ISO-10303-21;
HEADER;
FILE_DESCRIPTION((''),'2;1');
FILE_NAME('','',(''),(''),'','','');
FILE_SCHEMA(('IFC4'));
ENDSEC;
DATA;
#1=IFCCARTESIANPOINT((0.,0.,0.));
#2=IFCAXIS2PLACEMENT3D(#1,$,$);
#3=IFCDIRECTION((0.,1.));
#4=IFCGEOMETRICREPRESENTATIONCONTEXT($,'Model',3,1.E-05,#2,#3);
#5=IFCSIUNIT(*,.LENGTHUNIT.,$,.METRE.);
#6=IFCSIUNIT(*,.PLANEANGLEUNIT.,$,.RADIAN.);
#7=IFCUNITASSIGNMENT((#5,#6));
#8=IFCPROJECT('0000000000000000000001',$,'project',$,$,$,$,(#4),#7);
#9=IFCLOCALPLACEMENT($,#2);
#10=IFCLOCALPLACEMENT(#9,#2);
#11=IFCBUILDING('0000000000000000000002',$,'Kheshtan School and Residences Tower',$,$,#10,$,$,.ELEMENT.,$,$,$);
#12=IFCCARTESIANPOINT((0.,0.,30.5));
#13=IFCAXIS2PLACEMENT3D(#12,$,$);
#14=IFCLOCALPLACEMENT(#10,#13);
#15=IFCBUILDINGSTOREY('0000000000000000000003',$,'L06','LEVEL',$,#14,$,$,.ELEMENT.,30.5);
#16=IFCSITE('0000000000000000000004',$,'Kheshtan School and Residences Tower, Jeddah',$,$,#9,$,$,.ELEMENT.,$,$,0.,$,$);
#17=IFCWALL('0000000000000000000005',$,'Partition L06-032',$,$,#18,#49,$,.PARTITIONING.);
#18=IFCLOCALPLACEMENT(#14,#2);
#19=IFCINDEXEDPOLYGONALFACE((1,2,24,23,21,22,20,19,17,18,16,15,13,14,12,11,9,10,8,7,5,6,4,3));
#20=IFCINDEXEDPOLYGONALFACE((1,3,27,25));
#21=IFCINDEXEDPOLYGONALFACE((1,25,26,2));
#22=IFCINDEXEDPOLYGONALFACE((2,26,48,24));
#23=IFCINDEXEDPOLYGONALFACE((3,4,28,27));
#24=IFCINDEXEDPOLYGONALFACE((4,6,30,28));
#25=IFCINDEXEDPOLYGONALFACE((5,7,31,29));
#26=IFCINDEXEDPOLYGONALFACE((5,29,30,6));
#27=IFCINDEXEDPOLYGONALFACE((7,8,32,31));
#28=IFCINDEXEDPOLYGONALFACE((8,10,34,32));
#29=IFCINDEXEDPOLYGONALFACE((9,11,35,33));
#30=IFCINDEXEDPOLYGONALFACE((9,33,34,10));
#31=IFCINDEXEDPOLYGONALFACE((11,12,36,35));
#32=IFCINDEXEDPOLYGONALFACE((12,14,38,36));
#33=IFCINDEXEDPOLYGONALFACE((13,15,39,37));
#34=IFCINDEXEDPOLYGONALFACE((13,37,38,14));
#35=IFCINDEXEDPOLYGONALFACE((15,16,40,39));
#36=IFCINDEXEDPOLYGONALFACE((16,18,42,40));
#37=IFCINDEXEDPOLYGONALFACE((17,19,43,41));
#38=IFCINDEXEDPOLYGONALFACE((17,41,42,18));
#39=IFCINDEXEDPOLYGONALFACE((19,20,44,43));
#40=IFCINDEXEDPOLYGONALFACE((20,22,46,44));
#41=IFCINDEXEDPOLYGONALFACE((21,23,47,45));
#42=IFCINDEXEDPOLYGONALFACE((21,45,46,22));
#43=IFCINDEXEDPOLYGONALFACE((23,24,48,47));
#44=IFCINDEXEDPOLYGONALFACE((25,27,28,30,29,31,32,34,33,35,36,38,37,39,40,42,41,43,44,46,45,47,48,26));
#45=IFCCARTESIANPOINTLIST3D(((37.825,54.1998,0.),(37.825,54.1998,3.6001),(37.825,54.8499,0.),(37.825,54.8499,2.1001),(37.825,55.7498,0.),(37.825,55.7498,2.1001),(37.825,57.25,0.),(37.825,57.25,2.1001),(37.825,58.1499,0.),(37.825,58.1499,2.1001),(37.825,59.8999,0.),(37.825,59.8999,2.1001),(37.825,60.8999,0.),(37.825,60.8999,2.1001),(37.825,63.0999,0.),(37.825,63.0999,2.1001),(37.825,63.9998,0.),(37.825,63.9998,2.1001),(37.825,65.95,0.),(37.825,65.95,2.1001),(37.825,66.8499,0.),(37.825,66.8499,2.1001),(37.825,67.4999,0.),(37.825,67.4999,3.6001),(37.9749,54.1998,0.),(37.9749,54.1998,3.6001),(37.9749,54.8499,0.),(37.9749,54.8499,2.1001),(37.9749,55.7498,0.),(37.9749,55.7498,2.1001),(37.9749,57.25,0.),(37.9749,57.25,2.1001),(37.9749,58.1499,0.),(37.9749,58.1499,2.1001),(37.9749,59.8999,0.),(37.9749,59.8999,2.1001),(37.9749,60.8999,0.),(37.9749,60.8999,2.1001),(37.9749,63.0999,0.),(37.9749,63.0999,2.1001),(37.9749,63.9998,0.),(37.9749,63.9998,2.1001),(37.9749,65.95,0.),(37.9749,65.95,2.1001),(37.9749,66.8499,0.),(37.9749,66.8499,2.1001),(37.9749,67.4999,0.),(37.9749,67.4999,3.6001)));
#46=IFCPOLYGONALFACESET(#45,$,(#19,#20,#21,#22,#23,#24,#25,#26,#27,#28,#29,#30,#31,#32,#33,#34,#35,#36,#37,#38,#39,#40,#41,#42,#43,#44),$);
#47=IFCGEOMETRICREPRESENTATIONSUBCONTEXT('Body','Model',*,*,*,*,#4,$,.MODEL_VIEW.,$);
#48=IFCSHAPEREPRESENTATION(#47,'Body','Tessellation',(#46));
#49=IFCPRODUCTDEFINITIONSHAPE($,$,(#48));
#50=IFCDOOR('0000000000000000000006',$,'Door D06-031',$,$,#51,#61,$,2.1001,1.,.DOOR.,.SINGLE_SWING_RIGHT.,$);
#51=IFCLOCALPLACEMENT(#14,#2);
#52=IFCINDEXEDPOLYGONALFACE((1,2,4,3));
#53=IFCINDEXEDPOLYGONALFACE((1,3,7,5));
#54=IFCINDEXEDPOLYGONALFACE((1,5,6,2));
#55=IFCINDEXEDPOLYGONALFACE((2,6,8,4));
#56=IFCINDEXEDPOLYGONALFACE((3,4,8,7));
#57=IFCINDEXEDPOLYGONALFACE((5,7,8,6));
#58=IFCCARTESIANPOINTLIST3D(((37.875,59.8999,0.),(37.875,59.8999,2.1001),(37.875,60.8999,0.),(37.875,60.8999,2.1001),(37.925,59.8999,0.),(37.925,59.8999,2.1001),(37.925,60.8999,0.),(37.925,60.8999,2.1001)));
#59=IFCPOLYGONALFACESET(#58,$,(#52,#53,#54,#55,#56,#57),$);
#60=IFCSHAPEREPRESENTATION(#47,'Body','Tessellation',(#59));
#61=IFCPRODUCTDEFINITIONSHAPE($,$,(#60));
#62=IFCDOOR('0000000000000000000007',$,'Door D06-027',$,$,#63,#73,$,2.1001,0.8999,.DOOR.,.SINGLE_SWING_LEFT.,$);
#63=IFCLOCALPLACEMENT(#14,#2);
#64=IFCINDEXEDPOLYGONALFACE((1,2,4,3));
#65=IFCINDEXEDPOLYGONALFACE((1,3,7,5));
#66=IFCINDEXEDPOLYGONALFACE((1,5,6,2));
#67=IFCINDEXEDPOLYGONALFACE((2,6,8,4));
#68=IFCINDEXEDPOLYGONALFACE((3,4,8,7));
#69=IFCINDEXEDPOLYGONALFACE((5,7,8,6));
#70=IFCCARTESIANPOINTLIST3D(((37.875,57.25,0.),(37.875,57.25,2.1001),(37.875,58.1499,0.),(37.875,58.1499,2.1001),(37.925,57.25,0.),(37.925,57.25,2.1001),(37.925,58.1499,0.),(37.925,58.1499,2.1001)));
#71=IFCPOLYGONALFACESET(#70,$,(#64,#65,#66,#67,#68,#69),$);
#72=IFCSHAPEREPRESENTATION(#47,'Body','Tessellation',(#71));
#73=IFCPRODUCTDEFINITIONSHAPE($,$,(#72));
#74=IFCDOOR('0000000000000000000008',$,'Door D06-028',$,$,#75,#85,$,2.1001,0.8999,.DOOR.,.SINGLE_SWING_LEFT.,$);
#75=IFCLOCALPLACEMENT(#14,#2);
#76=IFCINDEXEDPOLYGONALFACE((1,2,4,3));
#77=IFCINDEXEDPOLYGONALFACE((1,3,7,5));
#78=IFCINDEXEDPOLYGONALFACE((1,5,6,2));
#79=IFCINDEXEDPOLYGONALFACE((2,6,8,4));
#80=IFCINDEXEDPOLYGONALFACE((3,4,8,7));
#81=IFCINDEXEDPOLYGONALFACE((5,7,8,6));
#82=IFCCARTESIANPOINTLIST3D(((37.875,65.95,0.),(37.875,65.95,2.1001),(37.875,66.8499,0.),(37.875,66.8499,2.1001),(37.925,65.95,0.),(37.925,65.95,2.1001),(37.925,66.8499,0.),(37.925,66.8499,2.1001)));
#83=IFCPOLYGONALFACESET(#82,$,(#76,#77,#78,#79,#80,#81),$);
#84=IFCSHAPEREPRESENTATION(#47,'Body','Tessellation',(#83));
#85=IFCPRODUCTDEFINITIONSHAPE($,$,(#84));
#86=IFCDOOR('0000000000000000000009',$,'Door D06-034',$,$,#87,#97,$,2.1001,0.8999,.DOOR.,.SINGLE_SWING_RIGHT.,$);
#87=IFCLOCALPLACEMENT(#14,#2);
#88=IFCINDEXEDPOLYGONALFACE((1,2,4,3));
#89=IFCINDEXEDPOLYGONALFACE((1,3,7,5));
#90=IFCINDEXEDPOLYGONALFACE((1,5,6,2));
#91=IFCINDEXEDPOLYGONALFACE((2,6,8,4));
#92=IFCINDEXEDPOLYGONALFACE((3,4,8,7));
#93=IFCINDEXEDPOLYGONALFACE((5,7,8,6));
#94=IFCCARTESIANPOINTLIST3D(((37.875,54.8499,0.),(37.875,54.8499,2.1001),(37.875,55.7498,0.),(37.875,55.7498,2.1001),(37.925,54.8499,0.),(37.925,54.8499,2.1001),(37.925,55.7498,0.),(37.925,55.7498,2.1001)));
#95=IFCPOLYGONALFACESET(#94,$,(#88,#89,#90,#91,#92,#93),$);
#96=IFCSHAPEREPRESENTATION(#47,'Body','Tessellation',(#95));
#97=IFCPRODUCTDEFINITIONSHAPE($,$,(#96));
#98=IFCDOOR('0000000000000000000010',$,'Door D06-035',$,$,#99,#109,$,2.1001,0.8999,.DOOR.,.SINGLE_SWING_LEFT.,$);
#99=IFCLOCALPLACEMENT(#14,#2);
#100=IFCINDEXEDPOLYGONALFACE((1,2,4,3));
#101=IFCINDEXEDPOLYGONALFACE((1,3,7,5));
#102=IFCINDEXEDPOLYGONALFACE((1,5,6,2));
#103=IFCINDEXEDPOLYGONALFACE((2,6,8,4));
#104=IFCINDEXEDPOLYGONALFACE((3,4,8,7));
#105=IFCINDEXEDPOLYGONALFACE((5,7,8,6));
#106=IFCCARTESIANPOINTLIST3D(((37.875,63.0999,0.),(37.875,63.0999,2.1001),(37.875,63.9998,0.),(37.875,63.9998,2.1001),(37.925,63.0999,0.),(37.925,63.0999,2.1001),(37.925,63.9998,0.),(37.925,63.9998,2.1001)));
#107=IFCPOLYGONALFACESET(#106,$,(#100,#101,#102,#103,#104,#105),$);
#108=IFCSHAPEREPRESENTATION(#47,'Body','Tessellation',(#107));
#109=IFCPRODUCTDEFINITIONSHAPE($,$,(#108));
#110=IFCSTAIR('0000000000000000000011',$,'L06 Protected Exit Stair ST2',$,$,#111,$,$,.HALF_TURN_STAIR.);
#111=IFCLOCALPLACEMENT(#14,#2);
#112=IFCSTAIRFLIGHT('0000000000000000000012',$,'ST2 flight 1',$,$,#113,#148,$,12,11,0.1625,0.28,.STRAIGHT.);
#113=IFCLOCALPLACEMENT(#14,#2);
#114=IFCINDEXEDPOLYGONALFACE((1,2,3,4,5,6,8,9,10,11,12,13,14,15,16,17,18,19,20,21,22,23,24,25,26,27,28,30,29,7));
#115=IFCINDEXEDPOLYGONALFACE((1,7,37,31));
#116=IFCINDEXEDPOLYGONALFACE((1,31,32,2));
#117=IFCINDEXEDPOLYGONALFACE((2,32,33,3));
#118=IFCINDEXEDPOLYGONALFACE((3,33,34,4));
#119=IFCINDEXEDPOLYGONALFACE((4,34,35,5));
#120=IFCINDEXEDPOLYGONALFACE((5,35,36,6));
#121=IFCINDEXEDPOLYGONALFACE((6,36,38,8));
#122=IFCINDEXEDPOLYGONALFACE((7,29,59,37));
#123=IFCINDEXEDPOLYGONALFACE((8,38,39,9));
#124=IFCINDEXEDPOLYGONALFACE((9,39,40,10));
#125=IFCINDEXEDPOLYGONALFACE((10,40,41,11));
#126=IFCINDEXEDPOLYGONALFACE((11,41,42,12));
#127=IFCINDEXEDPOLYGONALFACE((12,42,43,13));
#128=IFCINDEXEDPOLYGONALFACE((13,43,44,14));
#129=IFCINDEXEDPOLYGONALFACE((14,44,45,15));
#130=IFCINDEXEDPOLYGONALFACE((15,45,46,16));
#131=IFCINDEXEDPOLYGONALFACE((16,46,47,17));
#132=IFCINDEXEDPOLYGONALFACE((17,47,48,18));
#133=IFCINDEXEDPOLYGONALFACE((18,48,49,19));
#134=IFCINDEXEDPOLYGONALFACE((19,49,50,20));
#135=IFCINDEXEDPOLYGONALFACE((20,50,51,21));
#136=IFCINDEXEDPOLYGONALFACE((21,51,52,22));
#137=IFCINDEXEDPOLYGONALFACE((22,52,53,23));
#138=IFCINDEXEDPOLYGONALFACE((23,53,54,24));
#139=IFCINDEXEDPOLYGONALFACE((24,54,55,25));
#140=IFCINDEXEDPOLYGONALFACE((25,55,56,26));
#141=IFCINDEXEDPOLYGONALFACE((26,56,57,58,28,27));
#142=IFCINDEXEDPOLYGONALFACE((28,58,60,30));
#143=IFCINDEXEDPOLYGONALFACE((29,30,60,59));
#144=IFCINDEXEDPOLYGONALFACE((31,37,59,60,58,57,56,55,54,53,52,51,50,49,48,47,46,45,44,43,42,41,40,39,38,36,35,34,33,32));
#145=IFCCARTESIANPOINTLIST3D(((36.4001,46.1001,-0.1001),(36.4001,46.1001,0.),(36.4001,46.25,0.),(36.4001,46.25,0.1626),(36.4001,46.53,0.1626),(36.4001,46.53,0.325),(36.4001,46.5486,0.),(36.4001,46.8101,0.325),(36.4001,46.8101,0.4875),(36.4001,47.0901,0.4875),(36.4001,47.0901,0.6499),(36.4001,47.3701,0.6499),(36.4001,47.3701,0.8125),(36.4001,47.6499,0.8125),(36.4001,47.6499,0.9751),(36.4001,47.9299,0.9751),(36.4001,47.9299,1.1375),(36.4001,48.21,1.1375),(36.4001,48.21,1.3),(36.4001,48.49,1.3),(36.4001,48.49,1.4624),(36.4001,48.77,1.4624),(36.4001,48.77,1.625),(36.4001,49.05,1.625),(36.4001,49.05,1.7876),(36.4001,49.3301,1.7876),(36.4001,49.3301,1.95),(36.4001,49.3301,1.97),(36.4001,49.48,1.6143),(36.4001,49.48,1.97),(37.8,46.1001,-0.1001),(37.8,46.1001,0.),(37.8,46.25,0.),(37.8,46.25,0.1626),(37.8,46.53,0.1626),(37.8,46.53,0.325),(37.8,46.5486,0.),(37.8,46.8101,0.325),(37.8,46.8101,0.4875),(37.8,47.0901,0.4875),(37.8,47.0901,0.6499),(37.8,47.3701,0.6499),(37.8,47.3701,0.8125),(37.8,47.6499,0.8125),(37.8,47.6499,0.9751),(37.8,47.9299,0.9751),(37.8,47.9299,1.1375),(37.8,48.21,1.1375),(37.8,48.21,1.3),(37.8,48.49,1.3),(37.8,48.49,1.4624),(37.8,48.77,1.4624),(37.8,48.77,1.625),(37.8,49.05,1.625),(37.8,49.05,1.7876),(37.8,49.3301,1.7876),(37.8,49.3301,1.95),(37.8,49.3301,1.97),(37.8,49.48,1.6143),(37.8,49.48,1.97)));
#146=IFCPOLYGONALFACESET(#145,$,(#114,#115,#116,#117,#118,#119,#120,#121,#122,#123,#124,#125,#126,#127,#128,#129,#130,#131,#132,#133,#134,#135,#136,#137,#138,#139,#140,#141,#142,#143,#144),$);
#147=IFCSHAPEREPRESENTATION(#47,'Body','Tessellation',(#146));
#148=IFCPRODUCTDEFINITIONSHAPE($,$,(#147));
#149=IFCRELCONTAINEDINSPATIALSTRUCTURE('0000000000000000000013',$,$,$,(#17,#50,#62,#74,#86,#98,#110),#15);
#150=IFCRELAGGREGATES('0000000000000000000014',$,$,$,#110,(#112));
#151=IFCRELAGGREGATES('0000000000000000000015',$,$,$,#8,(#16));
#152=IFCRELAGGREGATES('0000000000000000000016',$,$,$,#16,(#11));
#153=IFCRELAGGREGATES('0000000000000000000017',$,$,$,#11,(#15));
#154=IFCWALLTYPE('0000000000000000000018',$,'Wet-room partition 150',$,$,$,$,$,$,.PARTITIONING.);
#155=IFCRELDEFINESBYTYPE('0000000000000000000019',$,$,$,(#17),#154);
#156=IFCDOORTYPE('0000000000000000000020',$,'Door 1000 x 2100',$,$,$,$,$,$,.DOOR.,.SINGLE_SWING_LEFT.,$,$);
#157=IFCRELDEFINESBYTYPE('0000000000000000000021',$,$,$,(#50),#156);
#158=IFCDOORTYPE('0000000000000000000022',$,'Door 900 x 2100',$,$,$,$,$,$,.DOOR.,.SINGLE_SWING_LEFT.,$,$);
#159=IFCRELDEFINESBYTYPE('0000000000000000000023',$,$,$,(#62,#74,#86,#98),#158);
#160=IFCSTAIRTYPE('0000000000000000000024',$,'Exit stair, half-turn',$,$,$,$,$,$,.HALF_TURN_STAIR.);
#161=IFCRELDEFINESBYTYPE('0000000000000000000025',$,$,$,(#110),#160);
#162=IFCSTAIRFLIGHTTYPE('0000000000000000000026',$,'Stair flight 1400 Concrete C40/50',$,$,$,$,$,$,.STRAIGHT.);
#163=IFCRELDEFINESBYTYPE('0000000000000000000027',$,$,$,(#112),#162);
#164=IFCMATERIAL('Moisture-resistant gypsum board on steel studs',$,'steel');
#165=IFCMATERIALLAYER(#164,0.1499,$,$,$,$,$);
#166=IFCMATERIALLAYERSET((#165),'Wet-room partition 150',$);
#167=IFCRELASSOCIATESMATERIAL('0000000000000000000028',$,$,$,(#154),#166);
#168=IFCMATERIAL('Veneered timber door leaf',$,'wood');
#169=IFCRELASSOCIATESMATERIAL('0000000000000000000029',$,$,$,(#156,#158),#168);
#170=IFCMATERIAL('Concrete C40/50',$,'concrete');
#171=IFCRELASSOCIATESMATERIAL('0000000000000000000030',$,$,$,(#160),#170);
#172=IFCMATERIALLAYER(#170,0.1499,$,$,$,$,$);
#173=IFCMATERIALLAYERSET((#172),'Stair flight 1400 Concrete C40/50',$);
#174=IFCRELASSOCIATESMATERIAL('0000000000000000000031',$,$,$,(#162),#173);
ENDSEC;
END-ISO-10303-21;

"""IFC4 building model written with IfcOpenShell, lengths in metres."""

from ifc_helpers import new_model, si_unit, direction, frame, frame_2d, origin, place, context, subcontext, project, spatial, polyline, rectangle, outline, extrude, source, transform, mapped, material, layer, layer_set, type_object, element, fill, aggregate, save


model = new_model("IFC4")

# Units and contexts
model_context = context("Model", 3, precision=1e-05, world=origin(), true_north=direction((0.0, 1.0)))
body_context = subcontext(model_context, "Body", "Model", "MODEL_VIEW")
ifc_project = project(units=[si_unit("LENGTHUNIT", "METRE"), si_unit("PLANEANGLEUNIT", "RADIAN")], contexts=[model_context])

# Site, building, storey
site_placement = place(None, origin())
site = spatial("IfcSite", under=ifc_project, at=site_placement, Name="Kheshtan School and Residences Tower, Jeddah", CompositionType="ELEMENT", RefElevation=0.0)
building_placement = place(site_placement, origin())
building = spatial("IfcBuilding", under=site, at=building_placement, Name="Kheshtan School and Residences Tower", CompositionType="ELEMENT")
storey_placement = place(building_placement, frame((0.0, 0.0, 30.5)))
storey = spatial("IfcBuildingStorey", under=building, at=storey_placement, Name="L06", Description="LEVEL", CompositionType="ELEMENT", Elevation=30.5)

# Shared definitions
ifc_material_1 = material(Name="Concrete C40/50", Category="concrete")
ifc_material_2 = material(Name="Moisture-resistant gypsum board on steel studs", Category="steel")
ifc_layer_1 = layer(ifc_material_2, 0.1499)
ifc_layer_set_1 = layer_set([ifc_layer_1], Name="Wet-room partition 150")
wall_type_1 = type_object("IfcWallType", Name="Wet-room partition 150", PredefinedType="PARTITIONING", material=ifc_layer_set_1)

# Shared definitions
ifc_material_3 = material(Name="Veneered timber door leaf", Category="wood")

# Wall, openings, doors
wall_1_placement = place(storey_placement, frame((37.8999, 54.2, 0.0), z_axis=(0.0, 0.0, 1.0), x_axis=(0.0, 1.0, 0.0)))
wall_1 = element("IfcWall", 1, at=wall_1_placement, inside=storey, type_object=wall_type_1, Name="Partition L06-032", PredefinedType="PARTITIONING", context=body_context, shape_type="SweptSolid", body=[
    extrude(rectangle(XDim=13.3, YDim=0.1499, at=frame_2d((6.6499, 0.0))), origin(), (0.0, 0.0, 1.0), 3.6001),
])
opening_1_placement = place(wall_1_placement, frame((3.05, 0.0, 0.0)))
opening_1 = element("IfcOpeningElement", 2, at=opening_1_placement, cuts=wall_1, PredefinedType="OPENING", context=body_context, shape_type="SweptSolid", body=[
    extrude(rectangle(XDim=0.8999, YDim=2.1001, at=frame_2d((0.45, 1.05))), frame((0.0, 0.085, 0.0), z_axis=(0.0, -1.0, 0.0), x_axis=(1.0, 0.0, 0.0)), (0.0, 0.0, 1.0), 0.1699),
])
opening_2_placement = place(wall_1_placement, frame((11.75, 0.0, 0.0)))
opening_2 = element("IfcOpeningElement", 3, at=opening_2_placement, cuts=wall_1, PredefinedType="OPENING", context=body_context, shape_type="SweptSolid", body=[
    extrude(rectangle(XDim=0.8999, YDim=2.1001, at=frame_2d((0.45, 1.05))), frame((0.0, 0.085, 0.0), z_axis=(0.0, -1.0, 0.0), x_axis=(1.0, 0.0, 0.0)), (0.0, 0.0, 1.0), 0.1699),
])
opening_3_placement = place(wall_1_placement, frame((5.7, 0.0, 0.0)))
opening_3 = element("IfcOpeningElement", 4, at=opening_3_placement, cuts=wall_1, PredefinedType="OPENING", context=body_context, shape_type="SweptSolid", body=[
    extrude(rectangle(XDim=1.0, YDim=2.1001, at=frame_2d((0.5, 1.05))), frame((0.0, 0.085, 0.0), z_axis=(0.0, -1.0, 0.0), x_axis=(1.0, 0.0, 0.0)), (0.0, 0.0, 1.0), 0.1699),
])
opening_4_placement = place(wall_1_placement, frame((0.6499, 0.0, 0.0)))
opening_4 = element("IfcOpeningElement", 5, at=opening_4_placement, cuts=wall_1, PredefinedType="OPENING", context=body_context, shape_type="SweptSolid", body=[
    extrude(rectangle(XDim=0.8999, YDim=2.1001, at=frame_2d((0.45, 1.05))), frame((0.0, 0.085, 0.0), z_axis=(0.0, -1.0, 0.0), x_axis=(1.0, 0.0, 0.0)), (0.0, 0.0, 1.0), 0.1699),
])
opening_5_placement = place(wall_1_placement, frame((8.8999, 0.0, 0.0)))
opening_5 = element("IfcOpeningElement", 6, at=opening_5_placement, cuts=wall_1, PredefinedType="OPENING", context=body_context, shape_type="SweptSolid", body=[
    extrude(rectangle(XDim=0.8999, YDim=2.1001, at=frame_2d((0.45, 1.05))), frame((0.0, 0.085, 0.0), z_axis=(0.0, -1.0, 0.0), x_axis=(1.0, 0.0, 0.0)), (0.0, 0.0, 1.0), 0.1699),
])
door_type_1 = type_object("IfcDoorType", Name="Door 1000 x 2100", OperationType="SINGLE_SWING_LEFT", PredefinedType="DOOR", material=ifc_material_3)
shared_shape_1 = source(origin(), body_context, "Body", "SweptSolid", [
    extrude(rectangle(XDim=1.0, YDim=2.1001, at=frame_2d((0.5, 1.05))), frame((0.0, 0.0249, 0.0), z_axis=(0.0, -1.0, 0.0), x_axis=(1.0, 0.0, 0.0)), (0.0, 0.0, 1.0), 0.05),
])
door_1_placement = place(opening_3_placement, origin())
door_1 = element("IfcDoor", 7, at=door_1_placement, inside=storey, type_object=door_type_1, Name="Door D06-031", OperationType="SINGLE_SWING_RIGHT", OverallHeight=2.1001, OverallWidth=1.0, PredefinedType="DOOR", context=body_context, shape_type="MappedRepresentation", body=[
    mapped(shared_shape_1, transform((0.0, 0.0, 0.0), x_axis=(1.0, 0.0, 0.0), y_axis=(0.0, 1.0, 0.0), z_axis=(0.0, 0.0, 1.0), scale=1.0)),
])
fill(opening_3, door_1)
door_type_2 = type_object("IfcDoorType", Name="Door 900 x 2100", OperationType="SINGLE_SWING_LEFT", PredefinedType="DOOR", material=ifc_material_3)
shared_shape_2 = source(origin(), body_context, "Body", "SweptSolid", [
    extrude(rectangle(XDim=0.8999, YDim=2.1001, at=frame_2d((0.45, 1.05))), frame((0.0, 0.0249, 0.0), z_axis=(0.0, -1.0, 0.0), x_axis=(1.0, 0.0, 0.0)), (0.0, 0.0, 1.0), 0.05),
])
door_2_placement = place(opening_1_placement, origin())
door_2 = element("IfcDoor", 8, at=door_2_placement, inside=storey, type_object=door_type_2, Name="Door D06-027", OperationType="SINGLE_SWING_LEFT", OverallHeight=2.1001, OverallWidth=0.8999, PredefinedType="DOOR", context=body_context, shape_type="MappedRepresentation", body=[
    mapped(shared_shape_2, transform((0.0, 0.0, 0.0), x_axis=(1.0, 0.0, 0.0), y_axis=(0.0, 1.0, 0.0), z_axis=(0.0, 0.0, 1.0), scale=1.0)),
])
fill(opening_1, door_2)
door_3_placement = place(opening_2_placement, origin())
door_3 = element("IfcDoor", 9, at=door_3_placement, inside=storey, type_object=door_type_2, Name="Door D06-028", OperationType="SINGLE_SWING_LEFT", OverallHeight=2.1001, OverallWidth=0.8999, PredefinedType="DOOR", context=body_context, shape_type="MappedRepresentation", body=[
    mapped(shared_shape_2, transform((0.0, 0.0, 0.0), x_axis=(1.0, 0.0, 0.0), y_axis=(0.0, 1.0, 0.0), z_axis=(0.0, 0.0, 1.0), scale=1.0)),
])
fill(opening_2, door_3)
door_4_placement = place(opening_4_placement, origin())
door_4 = element("IfcDoor", 10, at=door_4_placement, inside=storey, type_object=door_type_2, Name="Door D06-034", OperationType="SINGLE_SWING_RIGHT", OverallHeight=2.1001, OverallWidth=0.8999, PredefinedType="DOOR", context=body_context, shape_type="MappedRepresentation", body=[
    mapped(shared_shape_2, transform((0.0, 0.0, 0.0), x_axis=(1.0, 0.0, 0.0), y_axis=(0.0, 1.0, 0.0), z_axis=(0.0, 0.0, 1.0), scale=1.0)),
])
fill(opening_4, door_4)
door_5_placement = place(opening_5_placement, origin())
door_5 = element("IfcDoor", 11, at=door_5_placement, inside=storey, type_object=door_type_2, Name="Door D06-035", OperationType="SINGLE_SWING_LEFT", OverallHeight=2.1001, OverallWidth=0.8999, PredefinedType="DOOR", context=body_context, shape_type="MappedRepresentation", body=[
    mapped(shared_shape_2, transform((0.0, 0.0, 0.0), x_axis=(1.0, 0.0, 0.0), y_axis=(0.0, 1.0, 0.0), z_axis=(0.0, 0.0, 1.0), scale=1.0)),
])
fill(opening_5, door_5)

# Stair, stair flight
stair_type = type_object("IfcStairType", Name="Exit stair, half-turn", PredefinedType="HALF_TURN_STAIR", material=ifc_material_1)
stair_placement = place(storey_placement, origin())
stair = element("IfcStair", 12, at=stair_placement, inside=storey, type_object=stair_type, Name="L06 Protected Exit Stair ST2", PredefinedType="HALF_TURN_STAIR")
ifc_layer_2 = layer(ifc_material_1, 0.1499)
ifc_layer_set_2 = layer_set([ifc_layer_2], Name="Stair flight 1400 Concrete C40/50")
stair_flight_type = type_object("IfcStairFlightType", Name="Stair flight 1400 Concrete C40/50", PredefinedType="STRAIGHT", material=ifc_layer_set_2)
stair_flight_1_placement = place(storey_placement, frame((37.1001, 46.25, 0.0), z_axis=(0.0, 0.0, 1.0), x_axis=(0.0, 1.0, 0.0)))
stair_flight_1 = element("IfcStairFlight", 13, at=stair_flight_1_placement, type_object=stair_flight_type, Name="ST2 flight 1", NumberOfRisers=12, NumberOfTreads=11, PredefinedType="STRAIGHT", RiserHeight=0.1625, TreadLength=0.28, context=body_context, shape_type="SweptSolid", body=[
    extrude(outline(polyline([(-0.1499, -0.1001), (-0.1499, 0.0), (0.0, 0.0), (0.0, 0.1626), (0.28, 0.1626), (0.28, 0.325), (0.5601, 0.325), (0.5601, 0.4875), (0.8401, 0.4875), (0.8401, 0.6499), (1.1201, 0.6499), (1.1201, 0.8125), (1.3999, 0.8125), (1.3999, 0.9751), (1.6799, 0.9751), (1.6799, 1.1375), (1.96, 1.1375), (1.96, 1.3), (2.24, 1.3), (2.24, 1.4624), (2.52, 1.4624), (2.52, 1.625), (2.8, 1.625), (2.8, 1.7876), (3.0801, 1.7876), (3.0801, 1.95), (3.0801, 1.97), (3.23, 1.97), (3.23, 1.6143), (0.2986, 0.0), (-0.1499, -0.1001)])), frame((0.0, 0.7, 0.0), z_axis=(0.0, -1.0, 0.0), x_axis=(1.0, 0.0, 0.0)), (0.0, 0.0, 1.0), 1.3999),
])
aggregate(stair, [stair_flight_1])

save(model, "model.ifc")
